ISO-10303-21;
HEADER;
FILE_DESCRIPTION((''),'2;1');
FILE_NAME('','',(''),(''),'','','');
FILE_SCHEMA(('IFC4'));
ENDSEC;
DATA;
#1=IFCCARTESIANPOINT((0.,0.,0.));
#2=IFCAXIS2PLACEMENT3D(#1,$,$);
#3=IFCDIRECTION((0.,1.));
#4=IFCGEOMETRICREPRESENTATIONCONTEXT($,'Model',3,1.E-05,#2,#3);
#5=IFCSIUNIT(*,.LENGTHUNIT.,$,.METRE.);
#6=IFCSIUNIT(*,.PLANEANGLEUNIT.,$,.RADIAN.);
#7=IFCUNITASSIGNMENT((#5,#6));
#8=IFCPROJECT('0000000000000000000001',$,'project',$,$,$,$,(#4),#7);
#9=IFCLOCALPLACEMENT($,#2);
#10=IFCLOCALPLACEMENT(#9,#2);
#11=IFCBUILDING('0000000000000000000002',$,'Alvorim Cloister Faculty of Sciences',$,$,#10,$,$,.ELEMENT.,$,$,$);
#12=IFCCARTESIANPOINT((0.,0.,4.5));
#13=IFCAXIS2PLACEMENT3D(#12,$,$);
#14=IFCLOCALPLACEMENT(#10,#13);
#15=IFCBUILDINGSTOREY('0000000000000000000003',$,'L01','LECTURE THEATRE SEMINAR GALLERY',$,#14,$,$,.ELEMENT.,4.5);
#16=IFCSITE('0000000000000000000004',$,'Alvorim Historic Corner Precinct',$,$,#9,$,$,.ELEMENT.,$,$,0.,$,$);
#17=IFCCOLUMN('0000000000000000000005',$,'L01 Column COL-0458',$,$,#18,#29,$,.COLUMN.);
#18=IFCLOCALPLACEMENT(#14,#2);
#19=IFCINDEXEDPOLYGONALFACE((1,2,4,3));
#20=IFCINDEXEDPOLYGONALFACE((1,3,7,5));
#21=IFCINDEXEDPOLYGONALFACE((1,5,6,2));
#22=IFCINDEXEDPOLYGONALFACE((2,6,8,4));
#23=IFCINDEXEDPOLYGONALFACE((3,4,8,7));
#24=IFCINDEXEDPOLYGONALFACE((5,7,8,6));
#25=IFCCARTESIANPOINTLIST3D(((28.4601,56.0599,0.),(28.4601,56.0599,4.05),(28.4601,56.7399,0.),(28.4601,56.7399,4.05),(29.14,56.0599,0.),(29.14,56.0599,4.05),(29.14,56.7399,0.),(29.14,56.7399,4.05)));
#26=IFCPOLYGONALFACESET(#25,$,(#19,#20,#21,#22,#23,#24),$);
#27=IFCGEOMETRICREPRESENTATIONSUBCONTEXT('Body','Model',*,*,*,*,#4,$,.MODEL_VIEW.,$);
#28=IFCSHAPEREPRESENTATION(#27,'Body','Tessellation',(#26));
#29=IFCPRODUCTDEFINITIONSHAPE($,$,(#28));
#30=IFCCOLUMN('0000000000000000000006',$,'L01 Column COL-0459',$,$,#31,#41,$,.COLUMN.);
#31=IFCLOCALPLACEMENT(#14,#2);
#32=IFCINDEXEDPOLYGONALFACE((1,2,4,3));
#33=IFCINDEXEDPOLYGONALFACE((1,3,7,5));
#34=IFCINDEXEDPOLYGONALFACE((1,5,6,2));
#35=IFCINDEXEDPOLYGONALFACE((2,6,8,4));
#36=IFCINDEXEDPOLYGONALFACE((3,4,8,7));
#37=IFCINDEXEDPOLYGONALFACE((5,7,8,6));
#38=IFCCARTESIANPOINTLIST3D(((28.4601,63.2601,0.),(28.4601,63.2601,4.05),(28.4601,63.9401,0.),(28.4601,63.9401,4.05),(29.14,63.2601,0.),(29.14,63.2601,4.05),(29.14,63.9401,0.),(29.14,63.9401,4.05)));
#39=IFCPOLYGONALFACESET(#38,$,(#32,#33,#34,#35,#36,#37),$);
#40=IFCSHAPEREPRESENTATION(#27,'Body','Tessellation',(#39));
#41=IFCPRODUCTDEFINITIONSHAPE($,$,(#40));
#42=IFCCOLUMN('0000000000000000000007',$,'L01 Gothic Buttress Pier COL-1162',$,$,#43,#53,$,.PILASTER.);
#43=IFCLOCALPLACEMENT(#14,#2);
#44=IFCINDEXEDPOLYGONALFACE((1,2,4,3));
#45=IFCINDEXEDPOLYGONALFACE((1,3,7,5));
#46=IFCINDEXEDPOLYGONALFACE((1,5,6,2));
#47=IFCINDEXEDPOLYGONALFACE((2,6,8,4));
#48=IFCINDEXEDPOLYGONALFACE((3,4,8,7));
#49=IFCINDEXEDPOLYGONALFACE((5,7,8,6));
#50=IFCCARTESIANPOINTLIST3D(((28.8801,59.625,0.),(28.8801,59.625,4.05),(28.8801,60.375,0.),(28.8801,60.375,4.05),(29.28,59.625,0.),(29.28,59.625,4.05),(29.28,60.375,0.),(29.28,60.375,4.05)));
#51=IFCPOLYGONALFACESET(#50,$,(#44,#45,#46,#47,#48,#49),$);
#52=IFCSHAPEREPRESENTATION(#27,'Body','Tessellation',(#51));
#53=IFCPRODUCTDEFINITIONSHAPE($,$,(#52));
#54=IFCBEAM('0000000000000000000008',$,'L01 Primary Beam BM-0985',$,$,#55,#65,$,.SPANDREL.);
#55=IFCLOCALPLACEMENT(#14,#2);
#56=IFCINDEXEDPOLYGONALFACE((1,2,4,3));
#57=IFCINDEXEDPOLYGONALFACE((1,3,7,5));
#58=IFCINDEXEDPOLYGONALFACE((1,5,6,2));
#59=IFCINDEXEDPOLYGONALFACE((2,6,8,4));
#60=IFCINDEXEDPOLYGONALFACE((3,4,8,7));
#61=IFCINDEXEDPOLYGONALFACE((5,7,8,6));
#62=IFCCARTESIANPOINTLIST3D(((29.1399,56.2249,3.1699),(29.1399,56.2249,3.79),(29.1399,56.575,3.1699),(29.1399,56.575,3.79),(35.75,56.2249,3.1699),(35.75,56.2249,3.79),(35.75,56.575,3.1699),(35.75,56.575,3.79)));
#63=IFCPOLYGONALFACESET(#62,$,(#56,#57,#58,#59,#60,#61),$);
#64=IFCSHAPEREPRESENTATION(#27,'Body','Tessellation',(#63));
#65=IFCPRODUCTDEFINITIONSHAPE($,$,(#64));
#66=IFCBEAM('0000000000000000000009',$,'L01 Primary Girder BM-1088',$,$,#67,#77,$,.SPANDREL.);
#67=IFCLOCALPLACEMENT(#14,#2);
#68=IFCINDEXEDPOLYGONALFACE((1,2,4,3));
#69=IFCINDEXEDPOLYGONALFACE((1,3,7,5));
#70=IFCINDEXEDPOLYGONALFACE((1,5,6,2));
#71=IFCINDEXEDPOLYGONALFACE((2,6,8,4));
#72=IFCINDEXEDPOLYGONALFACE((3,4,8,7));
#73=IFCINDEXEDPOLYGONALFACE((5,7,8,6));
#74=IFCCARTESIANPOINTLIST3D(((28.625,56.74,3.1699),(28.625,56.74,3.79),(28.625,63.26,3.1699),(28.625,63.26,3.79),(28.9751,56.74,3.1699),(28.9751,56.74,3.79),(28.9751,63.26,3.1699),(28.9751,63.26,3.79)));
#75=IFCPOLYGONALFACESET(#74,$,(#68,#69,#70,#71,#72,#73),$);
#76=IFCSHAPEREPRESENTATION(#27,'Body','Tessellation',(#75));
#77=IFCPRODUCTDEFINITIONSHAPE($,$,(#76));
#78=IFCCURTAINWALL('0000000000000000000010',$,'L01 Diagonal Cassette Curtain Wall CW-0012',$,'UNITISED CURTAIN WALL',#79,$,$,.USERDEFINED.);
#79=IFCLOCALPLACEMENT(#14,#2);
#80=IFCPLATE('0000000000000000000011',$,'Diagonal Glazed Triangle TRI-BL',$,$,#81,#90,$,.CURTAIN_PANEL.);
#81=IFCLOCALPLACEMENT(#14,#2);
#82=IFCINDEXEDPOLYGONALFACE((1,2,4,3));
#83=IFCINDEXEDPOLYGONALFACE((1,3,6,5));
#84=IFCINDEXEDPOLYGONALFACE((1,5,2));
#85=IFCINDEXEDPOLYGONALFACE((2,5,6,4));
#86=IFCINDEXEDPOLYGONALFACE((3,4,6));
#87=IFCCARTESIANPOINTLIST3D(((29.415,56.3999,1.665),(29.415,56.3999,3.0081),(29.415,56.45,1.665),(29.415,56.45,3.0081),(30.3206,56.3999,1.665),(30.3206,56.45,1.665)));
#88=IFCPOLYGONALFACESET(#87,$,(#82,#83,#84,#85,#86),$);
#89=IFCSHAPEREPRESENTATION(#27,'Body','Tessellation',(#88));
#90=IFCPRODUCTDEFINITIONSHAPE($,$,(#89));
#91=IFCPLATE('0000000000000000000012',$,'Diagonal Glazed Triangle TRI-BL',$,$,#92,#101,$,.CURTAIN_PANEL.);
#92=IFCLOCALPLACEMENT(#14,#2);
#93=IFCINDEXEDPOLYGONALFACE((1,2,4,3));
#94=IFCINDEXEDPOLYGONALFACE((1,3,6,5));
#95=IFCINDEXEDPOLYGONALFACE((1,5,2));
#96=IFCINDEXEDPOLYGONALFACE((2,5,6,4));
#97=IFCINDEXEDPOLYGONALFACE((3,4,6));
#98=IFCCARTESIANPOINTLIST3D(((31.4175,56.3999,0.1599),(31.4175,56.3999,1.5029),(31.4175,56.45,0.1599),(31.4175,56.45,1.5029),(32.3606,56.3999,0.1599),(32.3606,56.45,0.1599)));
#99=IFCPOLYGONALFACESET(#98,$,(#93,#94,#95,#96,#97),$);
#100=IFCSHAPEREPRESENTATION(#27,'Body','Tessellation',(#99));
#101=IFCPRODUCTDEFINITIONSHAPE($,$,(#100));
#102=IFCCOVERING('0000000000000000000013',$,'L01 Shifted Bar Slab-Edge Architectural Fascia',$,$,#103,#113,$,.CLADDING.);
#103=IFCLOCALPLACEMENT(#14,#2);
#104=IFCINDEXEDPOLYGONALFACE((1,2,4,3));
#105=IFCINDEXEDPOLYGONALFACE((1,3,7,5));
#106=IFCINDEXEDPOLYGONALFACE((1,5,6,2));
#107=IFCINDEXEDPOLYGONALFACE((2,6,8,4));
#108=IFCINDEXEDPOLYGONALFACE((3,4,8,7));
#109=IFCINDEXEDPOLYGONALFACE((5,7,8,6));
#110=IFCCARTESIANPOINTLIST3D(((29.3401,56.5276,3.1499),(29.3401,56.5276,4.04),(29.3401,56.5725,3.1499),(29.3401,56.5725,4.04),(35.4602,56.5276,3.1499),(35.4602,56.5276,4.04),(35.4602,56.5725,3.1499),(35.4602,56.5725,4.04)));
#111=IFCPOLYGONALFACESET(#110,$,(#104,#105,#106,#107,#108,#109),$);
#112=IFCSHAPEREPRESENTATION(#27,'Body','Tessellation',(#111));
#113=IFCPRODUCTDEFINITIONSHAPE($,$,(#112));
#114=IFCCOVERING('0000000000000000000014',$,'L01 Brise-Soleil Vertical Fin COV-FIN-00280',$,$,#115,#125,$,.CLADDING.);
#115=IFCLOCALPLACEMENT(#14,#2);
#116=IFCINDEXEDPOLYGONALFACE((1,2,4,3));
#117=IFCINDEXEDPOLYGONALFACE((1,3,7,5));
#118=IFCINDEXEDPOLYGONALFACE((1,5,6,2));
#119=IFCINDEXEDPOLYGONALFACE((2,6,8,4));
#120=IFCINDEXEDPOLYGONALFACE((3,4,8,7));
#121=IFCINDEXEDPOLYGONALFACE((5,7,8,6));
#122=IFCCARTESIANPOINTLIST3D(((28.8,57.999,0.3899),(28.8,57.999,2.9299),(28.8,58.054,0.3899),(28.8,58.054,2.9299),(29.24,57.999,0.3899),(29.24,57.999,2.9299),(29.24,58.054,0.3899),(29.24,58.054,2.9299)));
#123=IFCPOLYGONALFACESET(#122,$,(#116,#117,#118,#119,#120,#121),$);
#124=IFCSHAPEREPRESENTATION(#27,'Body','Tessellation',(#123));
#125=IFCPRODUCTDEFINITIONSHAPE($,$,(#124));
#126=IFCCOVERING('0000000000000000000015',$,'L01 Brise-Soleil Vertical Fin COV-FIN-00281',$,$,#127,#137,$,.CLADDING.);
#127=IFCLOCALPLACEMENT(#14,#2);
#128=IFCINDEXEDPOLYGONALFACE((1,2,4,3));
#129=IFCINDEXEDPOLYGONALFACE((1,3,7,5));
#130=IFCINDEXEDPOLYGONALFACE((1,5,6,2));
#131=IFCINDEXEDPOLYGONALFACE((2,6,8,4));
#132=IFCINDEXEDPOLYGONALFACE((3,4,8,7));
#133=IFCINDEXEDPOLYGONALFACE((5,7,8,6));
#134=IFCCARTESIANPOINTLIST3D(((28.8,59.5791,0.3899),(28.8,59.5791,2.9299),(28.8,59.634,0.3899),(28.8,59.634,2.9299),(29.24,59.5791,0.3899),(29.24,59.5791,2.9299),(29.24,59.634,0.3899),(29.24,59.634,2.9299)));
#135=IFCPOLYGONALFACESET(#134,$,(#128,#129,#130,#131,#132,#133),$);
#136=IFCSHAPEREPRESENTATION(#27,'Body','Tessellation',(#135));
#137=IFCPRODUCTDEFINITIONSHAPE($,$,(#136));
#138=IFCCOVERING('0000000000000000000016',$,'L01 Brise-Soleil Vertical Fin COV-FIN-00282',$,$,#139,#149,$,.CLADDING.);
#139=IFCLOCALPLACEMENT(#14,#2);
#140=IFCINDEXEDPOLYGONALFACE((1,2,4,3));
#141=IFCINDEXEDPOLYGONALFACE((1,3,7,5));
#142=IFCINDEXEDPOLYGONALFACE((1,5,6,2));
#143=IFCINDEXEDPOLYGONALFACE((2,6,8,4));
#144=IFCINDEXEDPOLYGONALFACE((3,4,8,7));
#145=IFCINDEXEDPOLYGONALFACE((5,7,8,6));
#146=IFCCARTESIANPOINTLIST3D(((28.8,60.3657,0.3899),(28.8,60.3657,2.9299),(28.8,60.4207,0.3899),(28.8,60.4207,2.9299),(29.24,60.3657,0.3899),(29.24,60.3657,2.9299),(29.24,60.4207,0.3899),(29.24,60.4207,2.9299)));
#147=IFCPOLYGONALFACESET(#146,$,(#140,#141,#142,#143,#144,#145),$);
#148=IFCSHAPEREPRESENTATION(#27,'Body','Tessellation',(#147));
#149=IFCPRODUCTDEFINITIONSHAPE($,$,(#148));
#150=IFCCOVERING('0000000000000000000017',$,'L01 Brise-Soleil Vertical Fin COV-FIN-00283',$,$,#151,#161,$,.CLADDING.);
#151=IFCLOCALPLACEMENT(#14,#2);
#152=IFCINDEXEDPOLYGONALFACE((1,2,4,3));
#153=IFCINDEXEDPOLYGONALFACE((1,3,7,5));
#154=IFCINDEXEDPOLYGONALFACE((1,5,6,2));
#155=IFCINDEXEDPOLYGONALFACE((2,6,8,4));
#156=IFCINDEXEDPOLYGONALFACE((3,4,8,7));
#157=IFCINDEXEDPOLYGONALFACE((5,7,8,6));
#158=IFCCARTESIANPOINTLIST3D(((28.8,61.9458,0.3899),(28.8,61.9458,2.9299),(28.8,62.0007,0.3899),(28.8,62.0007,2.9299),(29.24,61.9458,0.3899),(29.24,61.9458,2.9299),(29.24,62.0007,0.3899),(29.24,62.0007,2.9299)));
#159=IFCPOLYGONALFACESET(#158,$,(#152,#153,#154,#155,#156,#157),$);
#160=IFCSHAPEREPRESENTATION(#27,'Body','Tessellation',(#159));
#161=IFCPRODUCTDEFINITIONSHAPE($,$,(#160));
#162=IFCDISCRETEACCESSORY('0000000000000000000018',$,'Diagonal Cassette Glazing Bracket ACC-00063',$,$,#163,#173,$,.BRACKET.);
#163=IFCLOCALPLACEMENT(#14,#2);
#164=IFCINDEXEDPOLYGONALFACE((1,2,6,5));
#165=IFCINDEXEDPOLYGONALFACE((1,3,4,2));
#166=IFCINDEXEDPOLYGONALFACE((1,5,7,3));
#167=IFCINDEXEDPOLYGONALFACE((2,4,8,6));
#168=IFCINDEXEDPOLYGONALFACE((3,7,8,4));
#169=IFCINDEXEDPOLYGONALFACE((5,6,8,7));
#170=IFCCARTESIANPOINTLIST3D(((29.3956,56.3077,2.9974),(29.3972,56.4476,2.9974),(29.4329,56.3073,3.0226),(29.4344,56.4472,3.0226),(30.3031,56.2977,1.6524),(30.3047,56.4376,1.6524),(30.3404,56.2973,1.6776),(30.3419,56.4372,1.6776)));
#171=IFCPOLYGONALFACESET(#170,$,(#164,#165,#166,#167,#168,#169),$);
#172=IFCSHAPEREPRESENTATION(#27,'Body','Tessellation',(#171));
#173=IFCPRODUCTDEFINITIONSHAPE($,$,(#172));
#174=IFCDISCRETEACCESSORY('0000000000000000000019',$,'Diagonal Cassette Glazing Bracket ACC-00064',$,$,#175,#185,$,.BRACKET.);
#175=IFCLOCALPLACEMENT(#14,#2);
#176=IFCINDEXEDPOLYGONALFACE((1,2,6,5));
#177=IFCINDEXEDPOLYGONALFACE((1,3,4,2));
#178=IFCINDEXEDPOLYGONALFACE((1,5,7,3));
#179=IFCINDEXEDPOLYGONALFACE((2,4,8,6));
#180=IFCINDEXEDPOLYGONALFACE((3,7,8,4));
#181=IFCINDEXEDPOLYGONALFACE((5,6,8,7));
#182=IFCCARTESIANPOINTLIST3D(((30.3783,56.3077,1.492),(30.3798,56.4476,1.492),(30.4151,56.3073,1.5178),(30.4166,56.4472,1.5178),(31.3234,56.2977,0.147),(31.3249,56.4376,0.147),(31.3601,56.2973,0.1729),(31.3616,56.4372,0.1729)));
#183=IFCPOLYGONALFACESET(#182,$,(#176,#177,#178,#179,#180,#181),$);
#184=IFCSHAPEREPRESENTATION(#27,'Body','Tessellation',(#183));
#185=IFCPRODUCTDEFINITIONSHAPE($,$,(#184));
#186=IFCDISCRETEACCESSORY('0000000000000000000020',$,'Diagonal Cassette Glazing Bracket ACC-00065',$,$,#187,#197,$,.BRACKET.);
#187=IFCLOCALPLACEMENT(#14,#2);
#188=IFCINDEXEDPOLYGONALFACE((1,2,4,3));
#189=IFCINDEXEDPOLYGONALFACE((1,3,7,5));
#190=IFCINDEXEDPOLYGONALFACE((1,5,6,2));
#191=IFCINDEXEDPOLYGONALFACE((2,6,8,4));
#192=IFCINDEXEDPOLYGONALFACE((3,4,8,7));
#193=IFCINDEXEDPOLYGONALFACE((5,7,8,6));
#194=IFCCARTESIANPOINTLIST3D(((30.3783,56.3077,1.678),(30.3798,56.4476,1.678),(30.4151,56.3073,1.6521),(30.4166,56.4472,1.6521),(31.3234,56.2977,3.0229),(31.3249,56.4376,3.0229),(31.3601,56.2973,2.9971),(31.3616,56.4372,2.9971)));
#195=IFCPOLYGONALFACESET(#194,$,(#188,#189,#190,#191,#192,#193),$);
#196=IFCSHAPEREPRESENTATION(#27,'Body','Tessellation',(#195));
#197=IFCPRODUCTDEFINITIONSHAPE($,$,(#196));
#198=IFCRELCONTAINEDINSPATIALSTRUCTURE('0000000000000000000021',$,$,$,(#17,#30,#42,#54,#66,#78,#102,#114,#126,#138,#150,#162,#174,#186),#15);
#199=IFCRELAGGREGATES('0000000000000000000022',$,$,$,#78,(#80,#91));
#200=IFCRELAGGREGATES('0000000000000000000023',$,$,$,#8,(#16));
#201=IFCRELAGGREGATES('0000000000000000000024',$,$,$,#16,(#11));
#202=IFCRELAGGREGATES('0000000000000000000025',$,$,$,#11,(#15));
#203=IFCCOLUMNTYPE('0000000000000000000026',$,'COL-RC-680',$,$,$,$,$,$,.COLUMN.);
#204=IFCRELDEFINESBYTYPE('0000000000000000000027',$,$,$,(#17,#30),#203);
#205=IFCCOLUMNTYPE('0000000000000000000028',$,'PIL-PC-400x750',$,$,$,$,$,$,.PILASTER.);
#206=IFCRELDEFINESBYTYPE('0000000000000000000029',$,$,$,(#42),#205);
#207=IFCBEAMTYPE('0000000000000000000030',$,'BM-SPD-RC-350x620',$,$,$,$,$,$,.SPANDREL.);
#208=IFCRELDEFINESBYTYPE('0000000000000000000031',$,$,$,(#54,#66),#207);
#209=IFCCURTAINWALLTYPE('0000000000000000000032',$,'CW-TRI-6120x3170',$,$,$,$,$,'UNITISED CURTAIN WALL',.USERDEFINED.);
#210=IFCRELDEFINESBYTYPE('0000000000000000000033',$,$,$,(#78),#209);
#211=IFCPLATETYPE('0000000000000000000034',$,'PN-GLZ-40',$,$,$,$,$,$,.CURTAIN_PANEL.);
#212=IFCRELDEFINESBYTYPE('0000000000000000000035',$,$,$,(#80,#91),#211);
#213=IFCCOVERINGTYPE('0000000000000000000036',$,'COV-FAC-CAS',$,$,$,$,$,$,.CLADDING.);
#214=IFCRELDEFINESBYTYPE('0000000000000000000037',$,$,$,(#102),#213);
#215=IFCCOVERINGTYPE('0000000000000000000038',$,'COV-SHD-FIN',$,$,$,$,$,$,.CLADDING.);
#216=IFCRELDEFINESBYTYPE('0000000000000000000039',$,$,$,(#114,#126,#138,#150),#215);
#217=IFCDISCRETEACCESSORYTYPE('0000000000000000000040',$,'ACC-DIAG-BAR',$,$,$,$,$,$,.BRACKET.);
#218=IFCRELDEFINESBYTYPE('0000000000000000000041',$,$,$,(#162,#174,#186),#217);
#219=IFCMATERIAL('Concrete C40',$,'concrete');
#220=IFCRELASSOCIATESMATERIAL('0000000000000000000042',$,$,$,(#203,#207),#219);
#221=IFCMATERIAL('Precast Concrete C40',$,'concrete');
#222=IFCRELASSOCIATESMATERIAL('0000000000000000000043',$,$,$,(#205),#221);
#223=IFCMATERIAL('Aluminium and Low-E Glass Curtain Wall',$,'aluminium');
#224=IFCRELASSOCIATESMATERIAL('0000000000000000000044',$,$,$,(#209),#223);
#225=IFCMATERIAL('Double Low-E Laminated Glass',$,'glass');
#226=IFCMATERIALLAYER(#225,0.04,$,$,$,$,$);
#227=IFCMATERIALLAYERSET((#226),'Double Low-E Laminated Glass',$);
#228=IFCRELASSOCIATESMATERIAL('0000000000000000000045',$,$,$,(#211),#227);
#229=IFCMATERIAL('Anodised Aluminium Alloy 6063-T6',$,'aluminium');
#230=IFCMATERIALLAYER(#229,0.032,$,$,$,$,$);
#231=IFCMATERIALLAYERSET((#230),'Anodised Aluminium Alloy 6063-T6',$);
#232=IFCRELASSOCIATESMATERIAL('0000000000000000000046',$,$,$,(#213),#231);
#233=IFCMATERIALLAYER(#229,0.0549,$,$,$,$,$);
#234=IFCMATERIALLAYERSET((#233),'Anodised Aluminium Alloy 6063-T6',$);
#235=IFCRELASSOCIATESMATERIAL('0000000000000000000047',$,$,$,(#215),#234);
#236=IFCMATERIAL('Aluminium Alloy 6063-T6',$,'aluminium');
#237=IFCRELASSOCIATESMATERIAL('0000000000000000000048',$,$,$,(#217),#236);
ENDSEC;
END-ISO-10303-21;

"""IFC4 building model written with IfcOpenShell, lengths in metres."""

from ifc_helpers import new_model, si_unit, direction, frame, origin, origin_2d, place, context, subcontext, project, spatial, polyline, rectangle, outline, extrude, material, layer, layer_set, material_profile, profile_set, type_object, element, aggregate, save


model = new_model("IFC4")

# Units and contexts
model_context = context("Model", 3, precision=1e-05, world=origin(), true_north=direction((0.0, 1.0)))
body_context = subcontext(model_context, "Body", "Model", "MODEL_VIEW")
ifc_project = project(units=[si_unit("LENGTHUNIT", "METRE"), si_unit("PLANEANGLEUNIT", "RADIAN")], contexts=[model_context])

# Site, building, storey
site_placement = place(None, origin())
site = spatial("IfcSite", under=ifc_project, at=site_placement, Name="Alvorim Historic Corner Precinct", CompositionType="ELEMENT", RefElevation=0.0)
building_placement = place(site_placement, origin())
building = spatial("IfcBuilding", under=site, at=building_placement, Name="Alvorim Cloister Faculty of Sciences", CompositionType="ELEMENT")
storey_placement = place(building_placement, frame((0.0, 0.0, 4.5)))
storey = spatial("IfcBuildingStorey", under=building, at=storey_placement, Name="L01", Description="LECTURE THEATRE SEMINAR GALLERY", CompositionType="ELEMENT", Elevation=4.5)

# Columns
ifc_material_1 = material(Name="Concrete C40", Category="concrete")
ifc_material_profile_1 = material_profile(ifc_material_1, rectangle(XDim=0.6799, YDim=0.6799, at=origin_2d()), Name="RC40-COL-680x680")
ifc_profile_set_1 = profile_set([ifc_material_profile_1], Name="Concrete C40")
column_type_1 = type_object("IfcColumnType", Name="COL-RC-680", PredefinedType="COLUMN", material=ifc_profile_set_1)
for number, where, z_axis, x_axis, name in (
    (1, (28.8, 56.3999, 0.0), (0.0, 0.0, 1.0), (1.0, 0.0, 0.0), "L01 Column COL-0458"),
    (2, (28.8, 63.6001, 0.0), (0.0, 0.0, 1.0), (1.0, 0.0, 0.0), "L01 Column COL-0459"),
):
    element("IfcColumn", number, at=place(storey_placement, frame(where, z_axis=z_axis, x_axis=x_axis)), inside=storey, type_object=column_type_1, Name=name, PredefinedType="COLUMN", context=body_context, shape_type="SweptSolid", body=[
        extrude(rectangle(XDim=0.6799, YDim=0.6799, at=origin_2d()), origin(), (0.0, 0.0, 1.0), 4.05),
    ])
ifc_material_2 = material(Name="Precast Concrete C40", Category="concrete")
ifc_material_profile_2 = material_profile(ifc_material_2, rectangle(XDim=0.3999, YDim=0.75, at=origin_2d()), Name="RC40-PIL-400x750")
ifc_profile_set_2 = profile_set([ifc_material_profile_2], Name="Precast Concrete C40")
column_type_2 = type_object("IfcColumnType", Name="PIL-PC-400x750", PredefinedType="PILASTER", material=ifc_profile_set_2)
column_placement = place(storey_placement, frame((29.0801, 60.0, 0.0), z_axis=(0.0, 0.0, 1.0), x_axis=(1.0, 0.0, 0.0)))
element("IfcColumn", 3, at=column_placement, inside=storey, type_object=column_type_2, Name="L01 Gothic Buttress Pier COL-1162", PredefinedType="PILASTER", context=body_context, shape_type="SweptSolid", body=[
    extrude(rectangle(XDim=0.3999, YDim=0.75, at=origin_2d()), origin(), (0.0, 0.0, 1.0), 4.05),
])

# Beams
ifc_material_profile_3 = material_profile(ifc_material_1, rectangle(XDim=0.3501, YDim=0.6201, at=origin_2d()), Name="RC40-SPD-350x620")
ifc_profile_set_3 = profile_set([ifc_material_profile_3], Name="Concrete C40")
beam_type = type_object("IfcBeamType", Name="BM-SPD-RC-350x620", PredefinedType="SPANDREL", material=ifc_profile_set_3)
beam_1_placement = place(storey_placement, frame((29.1399, 56.3999, 3.48), z_axis=(1.0, 0.0, 0.0), x_axis=(0.0, 1.0, 0.0)))
element("IfcBeam", 4, at=beam_1_placement, inside=storey, type_object=beam_type, Name="L01 Primary Beam BM-0985", PredefinedType="SPANDREL", context=body_context, shape_type="SweptSolid", body=[
    extrude(rectangle(XDim=0.3501, YDim=0.6201, at=origin_2d()), origin(), (0.0, 0.0, 1.0), 6.6101),
])
beam_2_placement = place(storey_placement, frame((28.8, 56.74, 3.48), z_axis=(0.0, 1.0, 0.0), x_axis=(-1.0, 0.0, 0.0)))
element("IfcBeam", 5, at=beam_2_placement, inside=storey, type_object=beam_type, Name="L01 Primary Girder BM-1088", PredefinedType="SPANDREL", context=body_context, shape_type="SweptSolid", body=[
    extrude(rectangle(XDim=0.3501, YDim=0.6201, at=origin_2d()), origin(), (0.0, 0.0, 1.0), 6.52),
])

# Curtain wall, plates
ifc_material_3 = material(Name="Aluminium and Low-E Glass Curtain Wall", Category="aluminium")
curtain_wall_type = type_object("IfcCurtainWallType", Name="CW-TRI-6120x3170", ElementType="UNITISED CURTAIN WALL", PredefinedType="USERDEFINED", material=ifc_material_3)
curtain_wall_placement = place(storey_placement, origin())
curtain_wall = element("IfcCurtainWall", 6, at=curtain_wall_placement, inside=storey, type_object=curtain_wall_type, Name="L01 Diagonal Cassette Curtain Wall CW-0012", ObjectType="UNITISED CURTAIN WALL", PredefinedType="USERDEFINED")
ifc_material_4 = material(Name="Double Low-E Laminated Glass", Category="glass")
ifc_layer_1 = layer(ifc_material_4, 0.04)
ifc_layer_set_1 = layer_set([ifc_layer_1], Name="Double Low-E Laminated Glass")
plate_type = type_object("IfcPlateType", Name="PN-GLZ-40", PredefinedType="CURTAIN_PANEL", material=ifc_layer_set_1)
plate_1_placement = place(storey_placement, frame((29.415, 56.425, 1.665), z_axis=(0.0, 0.0, 1.0), x_axis=(1.0, 0.0, 0.0)))
plate_1 = element("IfcPlate", 7, at=plate_1_placement, type_object=plate_type, Name="Diagonal Glazed Triangle TRI-BL", PredefinedType="CURTAIN_PANEL", context=body_context, shape_type="SweptSolid", body=[
    extrude(outline(polyline([(0.0, 0.0), (0.9055, 0.0), (0.0, 1.343), (0.0, 0.0)])), frame((0.0, 0.0249, 0.0), z_axis=(0.0, -1.0, 0.0), x_axis=(1.0, 0.0, 0.0)), (0.0, 0.0, 1.0), 0.05),
])
plate_2_placement = place(storey_placement, frame((31.4175, 56.425, 0.1599), z_axis=(0.0, 0.0, 1.0), x_axis=(1.0, 0.0, 0.0)))
plate_2 = element("IfcPlate", 8, at=plate_2_placement, type_object=plate_type, Name="Diagonal Glazed Triangle TRI-BL", PredefinedType="CURTAIN_PANEL", context=body_context, shape_type="SweptSolid", body=[
    extrude(outline(polyline([(0.0, 0.0), (0.9431, 0.0), (0.0, 1.343), (0.0, 0.0)])), frame((0.0, 0.0249, 0.0), z_axis=(0.0, -1.0, 0.0), x_axis=(1.0, 0.0, 0.0)), (0.0, 0.0, 1.0), 0.05),
])
aggregate(curtain_wall, [plate_1, plate_2])

# Coverings
ifc_material_5 = material(Name="Anodised Aluminium Alloy 6063-T6", Category="aluminium")
ifc_layer_2 = layer(ifc_material_5, 0.032)
ifc_layer_set_2 = layer_set([ifc_layer_2], Name="Anodised Aluminium Alloy 6063-T6")
covering_type_1 = type_object("IfcCoveringType", Name="COV-FAC-CAS", PredefinedType="CLADDING", material=ifc_layer_set_2)
covering_placement = place(storey_placement, frame((29.3401, 56.55, 3.1499), z_axis=(0.0, 0.0, 1.0), x_axis=(1.0, 0.0, 0.0)))
element("IfcCovering", 9, at=covering_placement, inside=storey, type_object=covering_type_1, Name="L01 Shifted Bar Slab-Edge Architectural Fascia", PredefinedType="CLADDING", context=body_context, shape_type="SweptSolid", body=[
    extrude(outline(polyline([(0.0, 0.0), (6.1201, 0.0), (6.1201, 0.8901), (0.0, 0.8901), (0.0, 0.0)])), frame((0.0, 0.0225, 0.0), z_axis=(0.0, -1.0, 0.0), x_axis=(1.0, 0.0, 0.0)), (0.0, 0.0, 1.0), 0.0449),
])
ifc_layer_3 = layer(ifc_material_5, 0.0549)
ifc_layer_set_3 = layer_set([ifc_layer_3], Name="Anodised Aluminium Alloy 6063-T6")
covering_type_2 = type_object("IfcCoveringType", Name="COV-SHD-FIN", PredefinedType="CLADDING", material=ifc_layer_set_3)
for number, where, z_axis, x_axis, name in (
    (10, (28.8, 58.0266, 0.3899), (0.0, 0.0, 1.0), (1.0, 0.0, 0.0), "L01 Brise-Soleil Vertical Fin COV-FIN-00280"),
    (11, (28.8, 59.6067, 0.3899), (0.0, 0.0, 1.0), (1.0, 0.0, 0.0), "L01 Brise-Soleil Vertical Fin COV-FIN-00281"),
    (12, (28.8, 60.3933, 0.3899), (0.0, 0.0, 1.0), (1.0, 0.0, 0.0), "L01 Brise-Soleil Vertical Fin COV-FIN-00282"),
    (13, (28.8, 61.9734, 0.3899), (0.0, 0.0, 1.0), (1.0, 0.0, 0.0), "L01 Brise-Soleil Vertical Fin COV-FIN-00283"),
):
    element("IfcCovering", number, at=place(storey_placement, frame(where, z_axis=z_axis, x_axis=x_axis)), inside=storey, type_object=covering_type_2, Name=name, PredefinedType="CLADDING", context=body_context, shape_type="SweptSolid", body=[
        extrude(outline(polyline([(0.0, 0.0), (0.4399, 0.0), (0.4399, 2.54), (0.0, 2.54), (0.0, 0.0)])), frame((0.0, 0.0273, 0.0), z_axis=(0.0, -1.0, 0.0), x_axis=(1.0, 0.0, 0.0)), (0.0, 0.0, 1.0), 0.0549),
    ])

# Discrete accessories
ifc_material_6 = material(Name="Aluminium Alloy 6063-T6", Category="aluminium")
discrete_accessory_type = type_object("IfcDiscreteAccessoryType", Name="ACC-DIAG-BAR", PredefinedType="BRACKET", material=ifc_material_6)
discrete_accessory_placement = place(storey_placement, frame((29.415, 56.3774, 3.01), z_axis=(0.559299, -0.006169, -0.828943), x_axis=(0.01103, 0.999939, 0.0)))
element("IfcDiscreteAccessory", 14, at=discrete_accessory_placement, inside=storey, type_object=discrete_accessory_type, Name="Diagonal Cassette Glazing Bracket ACC-00063", PredefinedType="BRACKET", context=body_context, shape_type="SweptSolid", body=[
    extrude(rectangle(XDim=0.1399, YDim=0.0449, at=origin_2d()), origin(), (0.0, 0.0, 1.0), 1.6226),
])
for number, where, z_axis, x_axis, name in (
    (15, (30.3975, 56.3774, 1.5049), (0.574916, -0.006089, -0.81819), (0.010591, 0.999944, 0.0), "Diagonal Cassette Glazing Bracket ACC-00064"),
    (16, (30.3975, 56.3774, 1.665), (0.574916, -0.006089, 0.81819), (0.010591, 0.999944, 0.0), "Diagonal Cassette Glazing Bracket ACC-00065"),
):
    element("IfcDiscreteAccessory", number, at=place(storey_placement, frame(where, z_axis=z_axis, x_axis=x_axis)), inside=storey, type_object=discrete_accessory_type, Name=name, PredefinedType="BRACKET", context=body_context, shape_type="SweptSolid", body=[
        extrude(rectangle(XDim=0.1399, YDim=0.0449, at=origin_2d()), origin(), (0.0, 0.0, 1.0), 1.6438),
    ])

save(model, "model.ifc")
